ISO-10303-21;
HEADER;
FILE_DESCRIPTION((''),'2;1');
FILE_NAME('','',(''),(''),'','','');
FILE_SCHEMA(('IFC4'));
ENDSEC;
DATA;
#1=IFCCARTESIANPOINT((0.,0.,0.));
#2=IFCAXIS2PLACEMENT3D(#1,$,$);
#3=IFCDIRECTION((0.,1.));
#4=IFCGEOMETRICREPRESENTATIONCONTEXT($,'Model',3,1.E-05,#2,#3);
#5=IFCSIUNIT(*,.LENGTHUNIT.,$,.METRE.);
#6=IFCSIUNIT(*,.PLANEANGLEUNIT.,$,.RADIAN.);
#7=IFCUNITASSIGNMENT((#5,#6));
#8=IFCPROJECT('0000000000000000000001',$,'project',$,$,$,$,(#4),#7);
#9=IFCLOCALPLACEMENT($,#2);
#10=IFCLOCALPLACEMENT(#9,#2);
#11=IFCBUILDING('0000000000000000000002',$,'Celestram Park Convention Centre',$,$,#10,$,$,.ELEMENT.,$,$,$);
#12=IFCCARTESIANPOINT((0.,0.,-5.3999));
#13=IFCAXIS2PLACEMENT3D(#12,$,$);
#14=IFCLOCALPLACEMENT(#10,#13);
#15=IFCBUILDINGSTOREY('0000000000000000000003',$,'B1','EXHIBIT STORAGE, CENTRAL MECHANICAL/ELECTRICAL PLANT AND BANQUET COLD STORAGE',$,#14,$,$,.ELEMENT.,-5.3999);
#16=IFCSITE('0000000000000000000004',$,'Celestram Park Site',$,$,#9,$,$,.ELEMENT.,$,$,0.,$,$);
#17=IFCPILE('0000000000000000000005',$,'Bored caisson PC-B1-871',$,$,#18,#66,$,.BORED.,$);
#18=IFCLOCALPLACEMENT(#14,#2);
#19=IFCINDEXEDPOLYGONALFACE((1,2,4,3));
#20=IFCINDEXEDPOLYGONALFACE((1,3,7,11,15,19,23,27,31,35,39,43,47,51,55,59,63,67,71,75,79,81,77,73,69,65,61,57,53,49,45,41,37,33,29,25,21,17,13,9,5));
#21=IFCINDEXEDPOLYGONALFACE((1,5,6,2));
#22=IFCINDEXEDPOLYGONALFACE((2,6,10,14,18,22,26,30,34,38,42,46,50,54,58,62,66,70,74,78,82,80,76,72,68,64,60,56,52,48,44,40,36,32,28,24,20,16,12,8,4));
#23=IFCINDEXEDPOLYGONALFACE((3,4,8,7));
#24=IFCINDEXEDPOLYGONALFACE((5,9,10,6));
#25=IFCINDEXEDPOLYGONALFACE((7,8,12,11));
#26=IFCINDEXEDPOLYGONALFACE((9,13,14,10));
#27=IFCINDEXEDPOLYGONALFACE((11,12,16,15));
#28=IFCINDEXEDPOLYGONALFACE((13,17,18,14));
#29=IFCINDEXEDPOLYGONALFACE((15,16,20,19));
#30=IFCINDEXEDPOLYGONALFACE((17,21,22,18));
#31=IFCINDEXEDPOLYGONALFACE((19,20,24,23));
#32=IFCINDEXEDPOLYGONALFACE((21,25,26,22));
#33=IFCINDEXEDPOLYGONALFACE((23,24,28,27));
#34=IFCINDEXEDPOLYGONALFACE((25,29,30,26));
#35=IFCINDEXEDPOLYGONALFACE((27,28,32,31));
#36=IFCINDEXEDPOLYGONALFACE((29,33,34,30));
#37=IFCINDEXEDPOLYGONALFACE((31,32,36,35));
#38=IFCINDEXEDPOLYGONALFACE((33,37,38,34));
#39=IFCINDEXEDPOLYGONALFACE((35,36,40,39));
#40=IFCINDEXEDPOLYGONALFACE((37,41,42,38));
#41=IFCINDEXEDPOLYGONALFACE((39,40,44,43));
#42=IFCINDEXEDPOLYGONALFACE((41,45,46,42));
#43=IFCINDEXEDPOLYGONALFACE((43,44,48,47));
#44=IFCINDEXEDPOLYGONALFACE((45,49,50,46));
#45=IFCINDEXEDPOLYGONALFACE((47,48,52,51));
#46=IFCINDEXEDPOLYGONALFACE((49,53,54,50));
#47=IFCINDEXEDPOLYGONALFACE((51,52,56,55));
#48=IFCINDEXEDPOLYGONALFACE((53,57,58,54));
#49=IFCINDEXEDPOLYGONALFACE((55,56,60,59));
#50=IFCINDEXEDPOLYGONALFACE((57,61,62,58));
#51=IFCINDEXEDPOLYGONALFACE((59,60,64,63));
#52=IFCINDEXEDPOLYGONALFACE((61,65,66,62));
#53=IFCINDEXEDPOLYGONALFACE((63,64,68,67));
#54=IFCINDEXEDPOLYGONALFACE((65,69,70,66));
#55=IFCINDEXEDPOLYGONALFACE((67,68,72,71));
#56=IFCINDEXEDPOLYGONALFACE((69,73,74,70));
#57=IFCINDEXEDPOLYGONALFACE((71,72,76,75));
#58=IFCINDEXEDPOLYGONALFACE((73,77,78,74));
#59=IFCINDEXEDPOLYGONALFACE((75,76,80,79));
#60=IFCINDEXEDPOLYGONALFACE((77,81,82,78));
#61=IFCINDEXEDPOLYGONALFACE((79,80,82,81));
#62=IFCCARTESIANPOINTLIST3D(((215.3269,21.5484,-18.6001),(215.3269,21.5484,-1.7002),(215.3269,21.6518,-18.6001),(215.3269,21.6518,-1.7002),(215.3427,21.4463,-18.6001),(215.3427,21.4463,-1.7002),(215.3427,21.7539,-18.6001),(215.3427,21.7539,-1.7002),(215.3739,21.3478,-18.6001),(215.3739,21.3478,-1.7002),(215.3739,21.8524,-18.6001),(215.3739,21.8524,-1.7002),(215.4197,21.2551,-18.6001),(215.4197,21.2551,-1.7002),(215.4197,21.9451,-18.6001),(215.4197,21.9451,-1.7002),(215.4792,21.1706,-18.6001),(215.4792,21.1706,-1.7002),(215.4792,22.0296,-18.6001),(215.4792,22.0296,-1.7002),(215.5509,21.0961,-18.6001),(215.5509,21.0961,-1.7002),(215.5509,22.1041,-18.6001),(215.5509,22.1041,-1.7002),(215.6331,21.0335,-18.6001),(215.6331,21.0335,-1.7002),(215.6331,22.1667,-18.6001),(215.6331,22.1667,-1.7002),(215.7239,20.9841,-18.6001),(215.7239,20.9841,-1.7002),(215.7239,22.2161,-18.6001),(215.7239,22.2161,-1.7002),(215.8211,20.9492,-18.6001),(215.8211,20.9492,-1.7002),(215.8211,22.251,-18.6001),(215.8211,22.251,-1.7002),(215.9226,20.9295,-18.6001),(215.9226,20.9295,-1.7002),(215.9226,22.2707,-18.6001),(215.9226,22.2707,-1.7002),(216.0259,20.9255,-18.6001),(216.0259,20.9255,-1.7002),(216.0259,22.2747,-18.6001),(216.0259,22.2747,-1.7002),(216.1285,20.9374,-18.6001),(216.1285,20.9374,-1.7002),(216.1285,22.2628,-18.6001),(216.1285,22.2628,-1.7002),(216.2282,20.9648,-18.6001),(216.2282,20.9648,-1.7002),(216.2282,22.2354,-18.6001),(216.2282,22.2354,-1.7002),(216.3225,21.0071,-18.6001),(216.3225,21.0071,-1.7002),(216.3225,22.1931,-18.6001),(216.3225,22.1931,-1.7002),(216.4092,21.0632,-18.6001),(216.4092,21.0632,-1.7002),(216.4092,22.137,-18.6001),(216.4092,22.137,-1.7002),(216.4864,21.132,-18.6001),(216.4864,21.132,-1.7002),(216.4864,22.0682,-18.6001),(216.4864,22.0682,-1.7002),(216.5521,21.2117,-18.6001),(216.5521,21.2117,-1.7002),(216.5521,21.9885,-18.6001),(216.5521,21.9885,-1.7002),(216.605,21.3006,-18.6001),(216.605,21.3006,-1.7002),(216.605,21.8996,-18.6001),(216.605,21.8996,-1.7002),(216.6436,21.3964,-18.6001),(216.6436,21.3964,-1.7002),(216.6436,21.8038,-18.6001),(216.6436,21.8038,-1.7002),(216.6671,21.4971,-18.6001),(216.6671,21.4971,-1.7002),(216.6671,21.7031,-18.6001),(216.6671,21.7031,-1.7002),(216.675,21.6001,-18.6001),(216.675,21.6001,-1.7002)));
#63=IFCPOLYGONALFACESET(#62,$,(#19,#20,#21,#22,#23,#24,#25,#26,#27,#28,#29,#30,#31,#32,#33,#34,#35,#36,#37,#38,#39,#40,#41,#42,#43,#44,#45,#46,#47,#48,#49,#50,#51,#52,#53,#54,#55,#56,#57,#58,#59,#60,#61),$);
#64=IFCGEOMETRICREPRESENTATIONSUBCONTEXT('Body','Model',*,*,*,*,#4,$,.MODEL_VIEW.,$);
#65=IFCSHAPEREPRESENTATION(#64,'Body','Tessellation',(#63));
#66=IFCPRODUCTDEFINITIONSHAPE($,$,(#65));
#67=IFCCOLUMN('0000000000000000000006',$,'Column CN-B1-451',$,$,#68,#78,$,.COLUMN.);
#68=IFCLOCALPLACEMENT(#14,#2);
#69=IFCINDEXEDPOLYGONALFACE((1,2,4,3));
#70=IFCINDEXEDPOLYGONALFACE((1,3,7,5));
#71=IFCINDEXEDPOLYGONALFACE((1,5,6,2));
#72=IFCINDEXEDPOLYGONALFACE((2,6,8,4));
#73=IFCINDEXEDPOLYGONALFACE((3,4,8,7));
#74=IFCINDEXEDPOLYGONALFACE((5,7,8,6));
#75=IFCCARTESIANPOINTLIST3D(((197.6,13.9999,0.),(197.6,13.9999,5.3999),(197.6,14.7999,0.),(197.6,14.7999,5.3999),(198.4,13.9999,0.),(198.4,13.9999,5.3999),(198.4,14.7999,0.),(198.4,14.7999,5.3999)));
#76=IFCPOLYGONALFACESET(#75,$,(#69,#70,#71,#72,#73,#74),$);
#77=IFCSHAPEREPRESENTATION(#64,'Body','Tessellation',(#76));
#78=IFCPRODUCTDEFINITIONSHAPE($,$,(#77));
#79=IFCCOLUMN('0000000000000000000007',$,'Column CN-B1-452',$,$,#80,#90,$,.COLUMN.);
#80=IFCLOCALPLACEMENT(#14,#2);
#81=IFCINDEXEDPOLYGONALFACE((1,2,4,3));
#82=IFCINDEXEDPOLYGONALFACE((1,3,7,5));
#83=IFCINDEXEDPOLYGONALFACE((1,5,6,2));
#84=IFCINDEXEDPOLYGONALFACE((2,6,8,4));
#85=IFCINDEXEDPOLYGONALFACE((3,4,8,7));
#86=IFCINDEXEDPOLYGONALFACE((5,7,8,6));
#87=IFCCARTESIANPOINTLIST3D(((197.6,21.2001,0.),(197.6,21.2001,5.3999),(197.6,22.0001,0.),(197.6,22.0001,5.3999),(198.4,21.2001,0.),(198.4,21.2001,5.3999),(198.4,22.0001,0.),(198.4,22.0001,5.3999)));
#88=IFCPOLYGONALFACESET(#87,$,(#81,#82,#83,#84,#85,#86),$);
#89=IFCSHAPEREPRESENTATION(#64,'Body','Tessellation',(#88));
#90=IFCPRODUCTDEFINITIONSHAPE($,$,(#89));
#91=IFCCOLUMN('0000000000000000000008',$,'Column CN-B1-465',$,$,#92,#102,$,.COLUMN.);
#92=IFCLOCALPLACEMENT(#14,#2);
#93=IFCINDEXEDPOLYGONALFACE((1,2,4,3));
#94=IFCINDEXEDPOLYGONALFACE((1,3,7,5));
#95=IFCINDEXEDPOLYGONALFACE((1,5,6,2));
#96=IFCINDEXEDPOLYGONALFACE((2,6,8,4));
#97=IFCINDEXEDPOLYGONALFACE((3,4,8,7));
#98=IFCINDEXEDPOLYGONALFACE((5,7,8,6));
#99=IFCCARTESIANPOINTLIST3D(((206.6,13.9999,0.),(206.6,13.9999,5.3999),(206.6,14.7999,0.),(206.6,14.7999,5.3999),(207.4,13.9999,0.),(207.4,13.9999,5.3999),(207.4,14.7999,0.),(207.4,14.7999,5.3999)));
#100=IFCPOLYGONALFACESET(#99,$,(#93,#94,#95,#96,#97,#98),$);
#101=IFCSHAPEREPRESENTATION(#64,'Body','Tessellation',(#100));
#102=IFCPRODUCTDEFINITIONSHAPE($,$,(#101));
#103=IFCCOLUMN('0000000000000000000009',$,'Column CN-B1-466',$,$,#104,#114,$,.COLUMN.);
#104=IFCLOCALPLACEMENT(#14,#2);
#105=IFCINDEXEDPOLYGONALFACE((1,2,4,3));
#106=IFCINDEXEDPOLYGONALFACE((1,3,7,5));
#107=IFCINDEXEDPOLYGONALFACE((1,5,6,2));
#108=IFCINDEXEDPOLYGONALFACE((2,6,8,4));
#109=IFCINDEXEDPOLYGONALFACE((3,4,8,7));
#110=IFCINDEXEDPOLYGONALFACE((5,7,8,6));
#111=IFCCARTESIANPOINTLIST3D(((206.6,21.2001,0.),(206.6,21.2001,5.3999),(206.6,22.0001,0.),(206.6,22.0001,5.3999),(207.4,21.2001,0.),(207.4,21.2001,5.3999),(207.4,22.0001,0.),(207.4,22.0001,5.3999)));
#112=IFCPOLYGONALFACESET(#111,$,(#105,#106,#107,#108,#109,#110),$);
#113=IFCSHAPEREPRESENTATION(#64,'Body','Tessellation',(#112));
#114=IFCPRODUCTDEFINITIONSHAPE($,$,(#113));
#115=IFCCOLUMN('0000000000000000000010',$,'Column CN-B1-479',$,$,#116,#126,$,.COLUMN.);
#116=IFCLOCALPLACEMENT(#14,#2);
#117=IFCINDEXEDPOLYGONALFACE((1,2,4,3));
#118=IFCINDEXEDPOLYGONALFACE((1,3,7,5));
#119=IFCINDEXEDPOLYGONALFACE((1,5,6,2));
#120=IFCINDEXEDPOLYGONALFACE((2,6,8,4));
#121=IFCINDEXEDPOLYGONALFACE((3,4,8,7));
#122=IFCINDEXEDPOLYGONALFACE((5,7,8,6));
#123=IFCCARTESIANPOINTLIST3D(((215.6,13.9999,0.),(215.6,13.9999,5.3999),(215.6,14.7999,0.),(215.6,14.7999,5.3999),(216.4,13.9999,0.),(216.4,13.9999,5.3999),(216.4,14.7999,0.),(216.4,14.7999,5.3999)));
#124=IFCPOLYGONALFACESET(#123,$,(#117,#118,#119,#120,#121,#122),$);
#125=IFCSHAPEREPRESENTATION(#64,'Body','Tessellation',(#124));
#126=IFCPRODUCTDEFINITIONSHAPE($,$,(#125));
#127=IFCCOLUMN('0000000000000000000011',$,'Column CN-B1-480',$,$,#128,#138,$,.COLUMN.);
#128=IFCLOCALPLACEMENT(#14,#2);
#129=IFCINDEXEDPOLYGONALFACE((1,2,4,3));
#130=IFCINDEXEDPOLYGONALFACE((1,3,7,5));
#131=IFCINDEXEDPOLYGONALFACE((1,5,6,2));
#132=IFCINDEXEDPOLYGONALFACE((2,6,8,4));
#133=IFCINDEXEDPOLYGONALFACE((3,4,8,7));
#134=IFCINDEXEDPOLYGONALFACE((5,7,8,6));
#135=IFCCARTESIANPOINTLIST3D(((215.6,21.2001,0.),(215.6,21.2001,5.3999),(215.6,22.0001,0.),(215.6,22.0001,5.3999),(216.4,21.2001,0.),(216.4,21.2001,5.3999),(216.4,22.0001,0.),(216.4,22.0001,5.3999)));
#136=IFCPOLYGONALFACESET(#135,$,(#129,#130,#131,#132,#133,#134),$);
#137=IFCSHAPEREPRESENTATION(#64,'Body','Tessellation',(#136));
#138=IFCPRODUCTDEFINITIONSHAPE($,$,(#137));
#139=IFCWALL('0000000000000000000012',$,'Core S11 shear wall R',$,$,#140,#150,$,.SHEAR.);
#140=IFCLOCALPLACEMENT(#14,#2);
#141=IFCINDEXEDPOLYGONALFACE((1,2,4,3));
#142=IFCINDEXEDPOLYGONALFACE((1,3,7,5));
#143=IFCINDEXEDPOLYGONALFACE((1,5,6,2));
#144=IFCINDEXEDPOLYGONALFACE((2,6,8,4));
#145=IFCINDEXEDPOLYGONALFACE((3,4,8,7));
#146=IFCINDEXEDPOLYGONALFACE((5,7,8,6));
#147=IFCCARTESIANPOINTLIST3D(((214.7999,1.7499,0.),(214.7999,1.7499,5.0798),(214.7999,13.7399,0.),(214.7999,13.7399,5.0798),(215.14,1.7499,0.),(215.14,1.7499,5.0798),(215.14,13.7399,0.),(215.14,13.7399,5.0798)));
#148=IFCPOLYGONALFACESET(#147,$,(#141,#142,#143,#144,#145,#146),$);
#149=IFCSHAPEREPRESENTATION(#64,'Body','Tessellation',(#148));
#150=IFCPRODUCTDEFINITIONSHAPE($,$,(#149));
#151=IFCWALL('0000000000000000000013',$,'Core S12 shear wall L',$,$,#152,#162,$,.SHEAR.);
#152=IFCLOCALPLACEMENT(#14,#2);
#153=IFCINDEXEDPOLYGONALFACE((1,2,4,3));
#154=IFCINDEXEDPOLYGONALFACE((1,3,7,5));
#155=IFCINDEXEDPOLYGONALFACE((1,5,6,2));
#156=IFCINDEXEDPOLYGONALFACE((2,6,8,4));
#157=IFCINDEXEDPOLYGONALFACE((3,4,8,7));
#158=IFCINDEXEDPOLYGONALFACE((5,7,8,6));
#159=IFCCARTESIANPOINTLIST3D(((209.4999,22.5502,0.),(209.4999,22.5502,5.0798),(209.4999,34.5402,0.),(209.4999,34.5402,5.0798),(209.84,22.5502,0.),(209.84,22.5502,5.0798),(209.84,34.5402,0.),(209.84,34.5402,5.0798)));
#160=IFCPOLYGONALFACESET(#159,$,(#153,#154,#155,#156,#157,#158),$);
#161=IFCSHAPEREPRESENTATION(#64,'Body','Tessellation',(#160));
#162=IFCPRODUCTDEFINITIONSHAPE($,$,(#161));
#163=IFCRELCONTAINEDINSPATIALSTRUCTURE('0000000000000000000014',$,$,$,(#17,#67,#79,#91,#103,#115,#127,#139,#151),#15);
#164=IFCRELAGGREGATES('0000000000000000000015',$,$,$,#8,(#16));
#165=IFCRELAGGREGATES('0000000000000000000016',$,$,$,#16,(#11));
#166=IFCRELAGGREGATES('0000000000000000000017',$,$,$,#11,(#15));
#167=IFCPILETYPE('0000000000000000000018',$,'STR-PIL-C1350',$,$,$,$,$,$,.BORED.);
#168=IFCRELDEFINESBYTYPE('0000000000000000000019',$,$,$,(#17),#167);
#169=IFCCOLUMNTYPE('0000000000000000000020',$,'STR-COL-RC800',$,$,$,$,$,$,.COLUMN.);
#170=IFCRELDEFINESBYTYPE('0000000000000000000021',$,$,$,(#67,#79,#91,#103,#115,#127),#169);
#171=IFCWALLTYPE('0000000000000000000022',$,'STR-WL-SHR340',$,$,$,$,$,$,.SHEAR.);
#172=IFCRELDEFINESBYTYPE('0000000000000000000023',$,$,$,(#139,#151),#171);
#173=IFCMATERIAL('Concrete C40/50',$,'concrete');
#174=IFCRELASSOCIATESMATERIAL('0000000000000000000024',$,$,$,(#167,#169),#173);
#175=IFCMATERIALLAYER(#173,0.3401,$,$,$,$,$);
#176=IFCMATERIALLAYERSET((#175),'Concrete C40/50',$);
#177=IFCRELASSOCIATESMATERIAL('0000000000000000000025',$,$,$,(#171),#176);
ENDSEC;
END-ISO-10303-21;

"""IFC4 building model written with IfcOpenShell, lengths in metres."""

from ifc_helpers import new_model, si_unit, direction, frame, frame_2d, origin, origin_2d, place, context, subcontext, project, spatial, rectangle, circle, extrude, material, layer, layer_set, material_profile, profile_set, type_object, element, save


model = new_model("IFC4")

# Units and contexts
model_context = context("Model", 3, precision=1e-05, world=origin(), true_north=direction((0.0, 1.0)))
body_context = subcontext(model_context, "Body", "Model", "MODEL_VIEW")
ifc_project = project(units=[si_unit("LENGTHUNIT", "METRE"), si_unit("PLANEANGLEUNIT", "RADIAN")], contexts=[model_context])

# Site, building, storey
site_placement = place(None, origin())
site = spatial("IfcSite", under=ifc_project, at=site_placement, Name="Celestram Park Site", CompositionType="ELEMENT", RefElevation=0.0)
building_placement = place(site_placement, origin())
building = spatial("IfcBuilding", under=site, at=building_placement, Name="Celestram Park Convention Centre", CompositionType="ELEMENT")
storey_placement = place(building_placement, frame((0.0, 0.0, -5.3999)))
storey = spatial("IfcBuildingStorey", under=building, at=storey_placement, Name="B1", Description="EXHIBIT STORAGE, CENTRAL MECHANICAL/ELECTRICAL PLANT AND BANQUET COLD STORAGE", CompositionType="ELEMENT", Elevation=-5.3999)

# Shared definitions
ifc_material_1 = material(Name="Concrete C40/50", Category="concrete")

# Pile
ifc_material_profile_1 = material_profile(ifc_material_1, circle(Radius=0.675, at=origin_2d()), Name="CAISSON1350")
ifc_profile_set_1 = profile_set([ifc_material_profile_1], Name="Concrete C40/50")
pile_type_1 = type_object("IfcPileType", Name="STR-PIL-C1350", PredefinedType="BORED", material=ifc_profile_set_1)
for number, where, z_axis, x_axis, name in (
    (1, (216.0, 21.6001, -1.7002), (0.0, 0.0, -1.0), (1.0, 0.0, 0.0), "Bored caisson PC-B1-871"),
):
    element("IfcPile", number, at=place(storey_placement, frame(where, z_axis=z_axis, x_axis=x_axis)), inside=storey, type_object=pile_type_1, Name=name, PredefinedType="BORED", context=body_context, shape_type="SweptSolid", body=[
        extrude(circle(Radius=0.675, at=origin_2d()), origin(), (0.0, 0.0, 1.0), 16.8999),
    ])

# Columns
ifc_material_profile_2 = material_profile(ifc_material_1, rectangle(XDim=0.8, YDim=0.8, at=origin_2d()), Name="RC800X800")
ifc_profile_set_2 = profile_set([ifc_material_profile_2], Name="Concrete C40/50")
column_type = type_object("IfcColumnType", Name="STR-COL-RC800", PredefinedType="COLUMN", material=ifc_profile_set_2)
for number, where, z_axis, x_axis, name in (
    (2, (198.0, 14.3999, 0.0), (0.0, 0.0, 1.0), (1.0, 0.0, 0.0), "Column CN-B1-451"),
    (3, (198.0, 21.6001, 0.0), (0.0, 0.0, 1.0), (1.0, 0.0, 0.0), "Column CN-B1-452"),
    (4, (207.0, 14.3999, 0.0), (0.0, 0.0, 1.0), (1.0, 0.0, 0.0), "Column CN-B1-465"),
    (5, (207.0, 21.6001, 0.0), (0.0, 0.0, 1.0), (1.0, 0.0, 0.0), "Column CN-B1-466"),
    (6, (216.0, 14.3999, 0.0), (0.0, 0.0, 1.0), (1.0, 0.0, 0.0), "Column CN-B1-479"),
    (7, (216.0, 21.6001, 0.0), (0.0, 0.0, 1.0), (1.0, 0.0, 0.0), "Column CN-B1-480"),
):
    element("IfcColumn", number, at=place(storey_placement, frame(where, z_axis=z_axis, x_axis=x_axis)), inside=storey, type_object=column_type, Name=name, PredefinedType="COLUMN", context=body_context, shape_type="SweptSolid", body=[
        extrude(rectangle(XDim=0.8, YDim=0.8, at=origin_2d()), origin(), (0.0, 0.0, 1.0), 5.3999),
    ])

# Walls
ifc_layer = layer(ifc_material_1, 0.3401)
ifc_layer_set = layer_set([ifc_layer], Name="Concrete C40/50")
wall_type = type_object("IfcWallType", Name="STR-WL-SHR340", PredefinedType="SHEAR", material=ifc_layer_set)
for number, where, z_axis, x_axis, name in (
    (8, (214.97, 13.74, 0.0), (0.0, 0.0, 1.0), (0.0, -1.0, 0.0), "Core S11 shear wall R"),
    (9, (209.6699, 22.55, 0.0), (0.0, 0.0, 1.0), (0.0, 1.0, 0.0), "Core S12 shear wall L"),
):
    element("IfcWall", number, at=place(storey_placement, frame(where, z_axis=z_axis, x_axis=x_axis)), inside=storey, type_object=wall_type, Name=name, PredefinedType="SHEAR", context=body_context, shape_type="SweptSolid", body=[
        extrude(rectangle(XDim=11.99, YDim=0.3401, at=frame_2d((5.9951, 0.0))), origin(), (0.0, 0.0, 1.0), 5.0798),
    ])

save(model, "model.ifc")
